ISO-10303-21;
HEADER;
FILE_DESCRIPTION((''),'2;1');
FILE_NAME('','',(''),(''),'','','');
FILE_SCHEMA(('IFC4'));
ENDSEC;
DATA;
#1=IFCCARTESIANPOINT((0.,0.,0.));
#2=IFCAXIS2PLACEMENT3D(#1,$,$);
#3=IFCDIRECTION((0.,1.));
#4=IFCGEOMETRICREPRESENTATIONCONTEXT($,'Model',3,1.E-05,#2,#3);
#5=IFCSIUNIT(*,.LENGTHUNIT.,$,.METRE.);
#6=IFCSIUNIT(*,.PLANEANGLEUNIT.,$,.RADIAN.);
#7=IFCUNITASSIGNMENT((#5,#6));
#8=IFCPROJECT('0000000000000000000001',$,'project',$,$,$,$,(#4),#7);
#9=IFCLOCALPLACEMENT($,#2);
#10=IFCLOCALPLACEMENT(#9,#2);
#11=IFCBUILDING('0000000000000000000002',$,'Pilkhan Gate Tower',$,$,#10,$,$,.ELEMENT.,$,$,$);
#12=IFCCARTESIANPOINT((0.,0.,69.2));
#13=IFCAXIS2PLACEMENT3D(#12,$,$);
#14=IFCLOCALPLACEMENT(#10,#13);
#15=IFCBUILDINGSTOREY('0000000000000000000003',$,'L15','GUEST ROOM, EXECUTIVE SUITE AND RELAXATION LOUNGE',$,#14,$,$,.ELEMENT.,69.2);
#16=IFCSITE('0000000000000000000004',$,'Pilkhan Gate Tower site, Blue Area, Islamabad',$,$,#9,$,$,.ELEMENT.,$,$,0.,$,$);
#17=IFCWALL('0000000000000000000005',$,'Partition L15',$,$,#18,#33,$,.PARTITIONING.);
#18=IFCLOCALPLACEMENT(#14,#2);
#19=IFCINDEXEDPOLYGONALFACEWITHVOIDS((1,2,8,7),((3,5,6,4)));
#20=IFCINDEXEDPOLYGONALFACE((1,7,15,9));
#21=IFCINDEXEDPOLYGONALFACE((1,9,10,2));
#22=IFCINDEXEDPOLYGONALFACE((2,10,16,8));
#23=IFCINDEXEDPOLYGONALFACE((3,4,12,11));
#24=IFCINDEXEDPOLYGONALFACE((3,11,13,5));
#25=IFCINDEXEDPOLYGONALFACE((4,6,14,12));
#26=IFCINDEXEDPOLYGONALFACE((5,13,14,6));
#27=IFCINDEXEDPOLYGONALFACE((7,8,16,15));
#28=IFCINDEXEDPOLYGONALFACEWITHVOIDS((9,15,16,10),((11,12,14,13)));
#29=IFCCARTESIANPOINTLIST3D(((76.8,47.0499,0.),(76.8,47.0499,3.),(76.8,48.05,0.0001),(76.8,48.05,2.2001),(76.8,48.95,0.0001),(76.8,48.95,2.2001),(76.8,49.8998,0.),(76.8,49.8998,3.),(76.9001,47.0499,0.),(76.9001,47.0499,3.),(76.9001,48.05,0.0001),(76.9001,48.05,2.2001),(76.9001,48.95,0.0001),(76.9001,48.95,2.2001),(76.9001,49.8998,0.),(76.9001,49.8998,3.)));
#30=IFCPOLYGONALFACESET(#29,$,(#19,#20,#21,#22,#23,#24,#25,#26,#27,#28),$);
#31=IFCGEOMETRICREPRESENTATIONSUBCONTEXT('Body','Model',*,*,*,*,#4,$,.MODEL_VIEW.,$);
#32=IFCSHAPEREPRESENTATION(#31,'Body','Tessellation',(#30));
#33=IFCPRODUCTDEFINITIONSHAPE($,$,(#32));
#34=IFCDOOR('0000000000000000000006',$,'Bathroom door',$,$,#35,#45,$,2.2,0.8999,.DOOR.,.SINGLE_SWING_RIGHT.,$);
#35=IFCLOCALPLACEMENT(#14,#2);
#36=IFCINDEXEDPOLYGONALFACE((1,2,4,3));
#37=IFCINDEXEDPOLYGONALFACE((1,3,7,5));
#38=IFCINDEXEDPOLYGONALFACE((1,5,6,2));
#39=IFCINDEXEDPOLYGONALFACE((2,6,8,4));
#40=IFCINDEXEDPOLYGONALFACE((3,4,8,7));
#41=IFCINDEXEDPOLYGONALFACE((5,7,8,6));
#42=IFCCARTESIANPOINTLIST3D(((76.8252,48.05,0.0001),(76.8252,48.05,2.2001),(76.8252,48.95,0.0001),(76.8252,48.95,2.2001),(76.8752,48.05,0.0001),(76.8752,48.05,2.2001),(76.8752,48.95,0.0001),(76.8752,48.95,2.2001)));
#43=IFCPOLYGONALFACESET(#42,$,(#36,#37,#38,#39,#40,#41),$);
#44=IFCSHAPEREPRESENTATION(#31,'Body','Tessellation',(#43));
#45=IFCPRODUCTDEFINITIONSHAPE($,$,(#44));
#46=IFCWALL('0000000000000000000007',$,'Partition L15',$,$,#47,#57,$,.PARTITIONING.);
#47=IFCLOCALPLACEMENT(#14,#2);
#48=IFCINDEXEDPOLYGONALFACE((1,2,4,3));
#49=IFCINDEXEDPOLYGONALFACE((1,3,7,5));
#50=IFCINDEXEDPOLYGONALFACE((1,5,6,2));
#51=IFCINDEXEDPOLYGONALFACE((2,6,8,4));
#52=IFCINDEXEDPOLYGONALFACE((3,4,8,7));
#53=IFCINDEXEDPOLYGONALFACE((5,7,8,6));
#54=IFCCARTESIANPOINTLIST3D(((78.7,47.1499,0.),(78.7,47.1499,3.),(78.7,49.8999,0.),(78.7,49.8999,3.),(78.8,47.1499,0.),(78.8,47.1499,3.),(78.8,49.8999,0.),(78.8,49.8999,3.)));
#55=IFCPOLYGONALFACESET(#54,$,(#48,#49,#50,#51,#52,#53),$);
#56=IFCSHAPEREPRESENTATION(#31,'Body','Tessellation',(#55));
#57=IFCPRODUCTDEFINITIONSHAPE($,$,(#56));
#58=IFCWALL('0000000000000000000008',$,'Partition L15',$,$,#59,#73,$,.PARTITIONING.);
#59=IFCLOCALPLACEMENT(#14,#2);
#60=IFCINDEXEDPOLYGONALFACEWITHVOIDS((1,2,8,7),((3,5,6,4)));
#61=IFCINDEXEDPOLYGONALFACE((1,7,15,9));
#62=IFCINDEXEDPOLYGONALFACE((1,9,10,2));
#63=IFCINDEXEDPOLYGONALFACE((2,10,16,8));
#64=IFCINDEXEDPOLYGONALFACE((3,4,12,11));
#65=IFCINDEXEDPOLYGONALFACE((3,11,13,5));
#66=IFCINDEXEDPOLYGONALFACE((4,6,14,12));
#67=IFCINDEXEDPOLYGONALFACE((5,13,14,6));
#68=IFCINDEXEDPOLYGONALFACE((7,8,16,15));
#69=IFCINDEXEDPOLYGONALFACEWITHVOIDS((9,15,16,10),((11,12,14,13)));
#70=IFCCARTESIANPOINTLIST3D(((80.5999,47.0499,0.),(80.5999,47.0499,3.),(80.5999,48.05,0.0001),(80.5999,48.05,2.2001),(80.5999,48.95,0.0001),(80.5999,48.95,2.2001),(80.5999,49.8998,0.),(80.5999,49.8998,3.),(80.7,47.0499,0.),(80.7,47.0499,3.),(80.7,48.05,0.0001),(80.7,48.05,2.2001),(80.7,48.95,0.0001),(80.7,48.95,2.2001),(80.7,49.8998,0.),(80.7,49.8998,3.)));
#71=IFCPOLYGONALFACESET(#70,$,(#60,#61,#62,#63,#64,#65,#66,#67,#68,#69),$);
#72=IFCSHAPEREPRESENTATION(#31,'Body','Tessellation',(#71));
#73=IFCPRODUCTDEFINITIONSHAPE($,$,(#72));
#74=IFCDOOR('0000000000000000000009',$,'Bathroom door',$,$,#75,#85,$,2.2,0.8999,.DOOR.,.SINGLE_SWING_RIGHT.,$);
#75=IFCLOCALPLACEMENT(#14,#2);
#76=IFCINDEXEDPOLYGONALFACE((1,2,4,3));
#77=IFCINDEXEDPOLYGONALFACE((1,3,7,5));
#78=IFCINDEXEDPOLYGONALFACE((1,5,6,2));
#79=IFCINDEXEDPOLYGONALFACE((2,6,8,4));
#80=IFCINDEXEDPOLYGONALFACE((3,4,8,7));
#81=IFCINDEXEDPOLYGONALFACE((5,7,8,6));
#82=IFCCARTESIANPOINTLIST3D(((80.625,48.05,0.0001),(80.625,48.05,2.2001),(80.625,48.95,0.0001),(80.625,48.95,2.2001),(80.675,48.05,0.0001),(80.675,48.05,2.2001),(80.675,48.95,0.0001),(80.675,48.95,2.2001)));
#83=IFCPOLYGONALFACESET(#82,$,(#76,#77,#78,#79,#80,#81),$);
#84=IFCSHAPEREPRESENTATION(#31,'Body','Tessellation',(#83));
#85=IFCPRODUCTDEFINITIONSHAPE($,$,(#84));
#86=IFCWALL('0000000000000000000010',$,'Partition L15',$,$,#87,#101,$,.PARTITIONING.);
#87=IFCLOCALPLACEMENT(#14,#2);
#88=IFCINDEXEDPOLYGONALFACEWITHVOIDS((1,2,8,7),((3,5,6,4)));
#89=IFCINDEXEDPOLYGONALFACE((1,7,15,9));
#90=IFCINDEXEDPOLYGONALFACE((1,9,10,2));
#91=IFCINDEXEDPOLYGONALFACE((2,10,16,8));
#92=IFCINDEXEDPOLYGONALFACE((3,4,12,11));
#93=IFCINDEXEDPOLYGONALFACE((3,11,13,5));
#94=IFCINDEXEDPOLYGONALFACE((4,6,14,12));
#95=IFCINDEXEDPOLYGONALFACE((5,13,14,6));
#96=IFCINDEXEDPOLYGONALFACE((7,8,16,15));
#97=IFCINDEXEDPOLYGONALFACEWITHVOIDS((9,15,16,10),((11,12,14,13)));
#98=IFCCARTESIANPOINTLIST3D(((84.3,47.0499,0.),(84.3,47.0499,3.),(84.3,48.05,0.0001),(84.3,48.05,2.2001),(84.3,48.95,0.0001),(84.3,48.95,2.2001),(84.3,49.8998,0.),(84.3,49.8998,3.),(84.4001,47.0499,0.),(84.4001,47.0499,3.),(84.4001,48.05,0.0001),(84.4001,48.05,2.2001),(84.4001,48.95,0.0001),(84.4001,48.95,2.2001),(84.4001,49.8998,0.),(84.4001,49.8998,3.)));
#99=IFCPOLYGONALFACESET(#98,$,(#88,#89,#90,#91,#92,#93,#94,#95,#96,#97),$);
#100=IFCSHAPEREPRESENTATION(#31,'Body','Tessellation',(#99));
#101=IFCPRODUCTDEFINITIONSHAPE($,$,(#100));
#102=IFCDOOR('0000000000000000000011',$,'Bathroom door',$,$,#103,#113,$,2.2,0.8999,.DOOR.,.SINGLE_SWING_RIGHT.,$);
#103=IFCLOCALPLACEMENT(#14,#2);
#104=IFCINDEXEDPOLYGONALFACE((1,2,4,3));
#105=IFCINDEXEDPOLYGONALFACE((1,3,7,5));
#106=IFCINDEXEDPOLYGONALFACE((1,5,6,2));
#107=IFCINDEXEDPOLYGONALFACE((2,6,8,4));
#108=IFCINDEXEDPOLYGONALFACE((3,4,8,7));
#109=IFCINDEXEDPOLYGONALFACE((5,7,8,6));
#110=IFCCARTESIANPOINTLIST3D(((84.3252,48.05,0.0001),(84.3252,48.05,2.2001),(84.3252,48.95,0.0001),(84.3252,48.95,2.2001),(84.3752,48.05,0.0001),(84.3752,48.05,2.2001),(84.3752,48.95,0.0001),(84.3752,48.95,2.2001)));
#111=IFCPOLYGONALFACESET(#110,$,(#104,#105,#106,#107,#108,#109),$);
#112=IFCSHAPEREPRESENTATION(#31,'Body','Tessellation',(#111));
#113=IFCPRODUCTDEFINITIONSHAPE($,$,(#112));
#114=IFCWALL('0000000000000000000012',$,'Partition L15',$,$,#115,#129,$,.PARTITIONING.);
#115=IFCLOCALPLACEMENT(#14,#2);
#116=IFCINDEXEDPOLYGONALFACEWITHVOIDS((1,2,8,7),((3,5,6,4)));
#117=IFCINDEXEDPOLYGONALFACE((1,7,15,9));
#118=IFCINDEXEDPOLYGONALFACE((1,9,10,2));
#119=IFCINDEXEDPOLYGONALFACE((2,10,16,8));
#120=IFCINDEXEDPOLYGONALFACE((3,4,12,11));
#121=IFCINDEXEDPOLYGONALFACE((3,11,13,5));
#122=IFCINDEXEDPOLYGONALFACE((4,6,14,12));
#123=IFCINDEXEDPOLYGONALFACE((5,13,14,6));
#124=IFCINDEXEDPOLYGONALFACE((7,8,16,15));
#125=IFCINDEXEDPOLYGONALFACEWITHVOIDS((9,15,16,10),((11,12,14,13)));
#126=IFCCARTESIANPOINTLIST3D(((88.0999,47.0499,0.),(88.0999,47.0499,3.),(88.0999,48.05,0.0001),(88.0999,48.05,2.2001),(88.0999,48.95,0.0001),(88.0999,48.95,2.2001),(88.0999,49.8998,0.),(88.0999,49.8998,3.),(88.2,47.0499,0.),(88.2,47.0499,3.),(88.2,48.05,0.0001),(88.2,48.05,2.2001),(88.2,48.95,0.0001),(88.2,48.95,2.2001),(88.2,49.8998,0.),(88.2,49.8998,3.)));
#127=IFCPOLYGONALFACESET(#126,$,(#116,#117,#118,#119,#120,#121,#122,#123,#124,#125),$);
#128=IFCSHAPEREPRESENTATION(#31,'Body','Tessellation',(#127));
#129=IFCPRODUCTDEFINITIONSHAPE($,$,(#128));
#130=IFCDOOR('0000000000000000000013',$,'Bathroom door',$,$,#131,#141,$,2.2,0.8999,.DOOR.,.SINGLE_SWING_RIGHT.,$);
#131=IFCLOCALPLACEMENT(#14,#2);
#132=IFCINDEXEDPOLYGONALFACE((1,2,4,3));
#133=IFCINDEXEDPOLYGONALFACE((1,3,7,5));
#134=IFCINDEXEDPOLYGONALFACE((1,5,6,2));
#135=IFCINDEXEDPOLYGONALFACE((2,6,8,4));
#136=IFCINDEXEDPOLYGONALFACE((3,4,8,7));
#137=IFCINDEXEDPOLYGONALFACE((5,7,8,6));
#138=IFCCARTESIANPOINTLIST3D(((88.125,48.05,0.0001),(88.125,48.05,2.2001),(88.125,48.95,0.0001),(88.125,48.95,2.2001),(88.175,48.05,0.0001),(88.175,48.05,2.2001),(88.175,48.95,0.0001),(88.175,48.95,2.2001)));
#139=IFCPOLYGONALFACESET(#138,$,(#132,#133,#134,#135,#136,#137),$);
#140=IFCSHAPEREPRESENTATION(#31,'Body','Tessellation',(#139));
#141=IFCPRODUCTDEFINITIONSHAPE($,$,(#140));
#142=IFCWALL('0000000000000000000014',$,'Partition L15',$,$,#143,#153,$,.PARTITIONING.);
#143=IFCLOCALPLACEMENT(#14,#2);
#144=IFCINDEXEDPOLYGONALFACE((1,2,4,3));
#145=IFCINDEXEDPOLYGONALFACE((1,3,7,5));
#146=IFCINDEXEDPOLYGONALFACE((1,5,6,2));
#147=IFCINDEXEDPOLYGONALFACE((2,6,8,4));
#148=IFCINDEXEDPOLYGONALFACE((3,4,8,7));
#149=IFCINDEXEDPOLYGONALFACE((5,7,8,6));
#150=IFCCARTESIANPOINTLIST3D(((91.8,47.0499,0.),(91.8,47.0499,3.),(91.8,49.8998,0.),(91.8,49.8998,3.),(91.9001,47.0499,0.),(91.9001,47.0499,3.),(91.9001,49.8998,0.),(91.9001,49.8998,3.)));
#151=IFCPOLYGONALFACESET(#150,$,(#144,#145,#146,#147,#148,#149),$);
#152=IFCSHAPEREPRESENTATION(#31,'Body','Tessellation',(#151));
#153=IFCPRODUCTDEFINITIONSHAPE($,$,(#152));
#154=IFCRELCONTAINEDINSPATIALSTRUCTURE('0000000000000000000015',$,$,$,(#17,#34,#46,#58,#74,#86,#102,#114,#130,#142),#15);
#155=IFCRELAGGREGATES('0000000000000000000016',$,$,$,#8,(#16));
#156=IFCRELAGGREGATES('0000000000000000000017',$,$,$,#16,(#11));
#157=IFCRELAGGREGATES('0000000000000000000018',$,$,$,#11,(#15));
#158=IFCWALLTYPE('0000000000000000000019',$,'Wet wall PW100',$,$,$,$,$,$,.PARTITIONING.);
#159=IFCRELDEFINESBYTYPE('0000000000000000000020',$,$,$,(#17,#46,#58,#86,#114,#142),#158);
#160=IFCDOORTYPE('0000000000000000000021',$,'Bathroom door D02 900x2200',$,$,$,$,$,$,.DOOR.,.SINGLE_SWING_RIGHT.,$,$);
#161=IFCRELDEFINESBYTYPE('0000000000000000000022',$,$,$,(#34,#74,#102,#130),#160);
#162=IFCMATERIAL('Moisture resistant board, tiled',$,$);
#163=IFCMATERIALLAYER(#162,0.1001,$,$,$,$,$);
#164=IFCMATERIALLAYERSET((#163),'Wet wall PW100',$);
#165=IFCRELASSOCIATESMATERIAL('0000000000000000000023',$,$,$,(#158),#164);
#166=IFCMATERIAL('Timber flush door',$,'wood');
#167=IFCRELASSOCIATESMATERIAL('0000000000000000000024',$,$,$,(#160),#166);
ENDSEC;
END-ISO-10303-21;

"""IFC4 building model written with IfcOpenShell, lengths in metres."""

from ifc_helpers import new_model, si_unit, direction, frame, frame_2d, origin, place, context, subcontext, project, spatial, rectangle, extrude, material, layer, layer_set, type_object, element, fill, save


model = new_model("IFC4")

# Units and contexts
model_context = context("Model", 3, precision=1e-05, world=origin(), true_north=direction((0.0, 1.0)))
body_context = subcontext(model_context, "Body", "Model", "MODEL_VIEW")
ifc_project = project(units=[si_unit("LENGTHUNIT", "METRE"), si_unit("PLANEANGLEUNIT", "RADIAN")], contexts=[model_context])

# Site, building, storey
site_placement = place(None, origin())
site = spatial("IfcSite", under=ifc_project, at=site_placement, Name="Pilkhan Gate Tower site, Blue Area, Islamabad", CompositionType="ELEMENT", RefElevation=0.0)
building_placement = place(site_placement, origin())
building = spatial("IfcBuilding", under=site, at=building_placement, Name="Pilkhan Gate Tower", CompositionType="ELEMENT")
storey_placement = place(building_placement, frame((0.0, 0.0, 69.2)))
storey = spatial("IfcBuildingStorey", under=building, at=storey_placement, Name="L15", Description="GUEST ROOM, EXECUTIVE SUITE AND RELAXATION LOUNGE", CompositionType="ELEMENT", Elevation=69.2)

# Shared definitions
ifc_material_1 = material(Name="Moisture resistant board, tiled")
ifc_layer_1 = layer(ifc_material_1, 0.1001)
ifc_layer_set_1 = layer_set([ifc_layer_1], Name="Wet wall PW100")
wall_type_1 = type_object("IfcWallType", Name="Wet wall PW100", PredefinedType="PARTITIONING", material=ifc_layer_set_1)

# Wall, opening, door
ifc_material_2 = material(Name="Timber flush door", Category="wood")
door_type = type_object("IfcDoorType", Name="Bathroom door D02 900x2200", OperationType="SINGLE_SWING_RIGHT", PredefinedType="DOOR", material=ifc_material_2)
wall_1_placement = place(storey_placement, frame((76.8501, 47.05, 0.0), z_axis=(0.0, 0.0, 1.0), x_axis=(0.0, 1.0, 0.0)))
wall_1 = element("IfcWall", 1, at=wall_1_placement, inside=storey, type_object=wall_type_1, Name="Partition L15", PredefinedType="PARTITIONING", context=body_context, shape_type="SweptSolid", body=[
    extrude(rectangle(XDim=2.8499, YDim=0.1001, at=frame_2d((1.4248, 0.0))), origin(), (0.0, 0.0, 1.0), 3.0),
])
opening_1_placement = place(wall_1_placement, frame((1.0, 0.0, 0.0)))
opening_1 = element("IfcOpeningElement", 2, at=opening_1_placement, cuts=wall_1, PredefinedType="OPENING", context=body_context, shape_type="SweptSolid", body=[
    extrude(rectangle(XDim=0.8999, YDim=2.2, at=frame_2d((0.45, 1.1001))), frame((0.0, 0.0601, 0.0), z_axis=(0.0, -1.0, 0.0), x_axis=(1.0, 0.0, 0.0)), (0.0, 0.0, 1.0), 0.1201),
])
door_1_placement = place(opening_1_placement, origin())
door_1 = element("IfcDoor", 3, at=door_1_placement, inside=storey, type_object=door_type, Name="Bathroom door", OperationType="SINGLE_SWING_RIGHT", OverallHeight=2.2, OverallWidth=0.8999, PredefinedType="DOOR", context=body_context, shape_type="SweptSolid", body=[
    extrude(rectangle(XDim=0.8999, YDim=2.2, at=frame_2d((0.45, 1.1001))), frame((0.0, 0.0249, 0.0), z_axis=(0.0, -1.0, 0.0), x_axis=(1.0, 0.0, 0.0)), (0.0, 0.0, 1.0), 0.05),
])
fill(opening_1, door_1)

# Wall
wall_2_placement = place(storey_placement, frame((78.75, 47.1499, 0.0), z_axis=(0.0, 0.0, 1.0), x_axis=(0.0, 1.0, 0.0)))
element("IfcWall", 4, at=wall_2_placement, inside=storey, type_object=wall_type_1, Name="Partition L15", PredefinedType="PARTITIONING", context=body_context, shape_type="SweptSolid", body=[
    extrude(rectangle(XDim=2.75, YDim=0.1001, at=frame_2d((1.375, 0.0))), origin(), (0.0, 0.0, 1.0), 3.0),
])

# Walls, openings, doors
wall_3_placement = place(storey_placement, frame((80.6499, 47.05, 0.0), z_axis=(0.0, 0.0, 1.0), x_axis=(0.0, 1.0, 0.0)))
wall_3 = element("IfcWall", 5, at=wall_3_placement, inside=storey, type_object=wall_type_1, Name="Partition L15", PredefinedType="PARTITIONING", context=body_context, shape_type="SweptSolid", body=[
    extrude(rectangle(XDim=2.8499, YDim=0.1001, at=frame_2d((1.4248, 0.0))), origin(), (0.0, 0.0, 1.0), 3.0),
])
opening_2_placement = place(wall_3_placement, frame((1.0, 0.0, 0.0)))
opening_2 = element("IfcOpeningElement", 6, at=opening_2_placement, cuts=wall_3, PredefinedType="OPENING", context=body_context, shape_type="SweptSolid", body=[
    extrude(rectangle(XDim=0.8999, YDim=2.2, at=frame_2d((0.45, 1.1001))), frame((0.0, 0.0601, 0.0), z_axis=(0.0, -1.0, 0.0), x_axis=(1.0, 0.0, 0.0)), (0.0, 0.0, 1.0), 0.1201),
])
door_2_placement = place(opening_2_placement, origin())
door_2 = element("IfcDoor", 7, at=door_2_placement, inside=storey, type_object=door_type, Name="Bathroom door", OperationType="SINGLE_SWING_RIGHT", OverallHeight=2.2, OverallWidth=0.8999, PredefinedType="DOOR", context=body_context, shape_type="SweptSolid", body=[
    extrude(rectangle(XDim=0.8999, YDim=2.2, at=frame_2d((0.45, 1.1001))), frame((0.0, 0.0249, 0.0), z_axis=(0.0, -1.0, 0.0), x_axis=(1.0, 0.0, 0.0)), (0.0, 0.0, 1.0), 0.05),
])
fill(opening_2, door_2)
wall_4_placement = place(storey_placement, frame((84.3501, 47.05, 0.0), z_axis=(0.0, 0.0, 1.0), x_axis=(0.0, 1.0, 0.0)))
wall_4 = element("IfcWall", 8, at=wall_4_placement, inside=storey, type_object=wall_type_1, Name="Partition L15", PredefinedType="PARTITIONING", context=body_context, shape_type="SweptSolid", body=[
    extrude(rectangle(XDim=2.8499, YDim=0.1001, at=frame_2d((1.4248, 0.0))), origin(), (0.0, 0.0, 1.0), 3.0),
])
opening_3_placement = place(wall_4_placement, frame((1.0, 0.0, 0.0)))
opening_3 = element("IfcOpeningElement", 9, at=opening_3_placement, cuts=wall_4, PredefinedType="OPENING", context=body_context, shape_type="SweptSolid", body=[
    extrude(rectangle(XDim=0.8999, YDim=2.2, at=frame_2d((0.45, 1.1001))), frame((0.0, 0.0601, 0.0), z_axis=(0.0, -1.0, 0.0), x_axis=(1.0, 0.0, 0.0)), (0.0, 0.0, 1.0), 0.1201),
])
door_3_placement = place(opening_3_placement, origin())
door_3 = element("IfcDoor", 10, at=door_3_placement, inside=storey, type_object=door_type, Name="Bathroom door", OperationType="SINGLE_SWING_RIGHT", OverallHeight=2.2, OverallWidth=0.8999, PredefinedType="DOOR", context=body_context, shape_type="SweptSolid", body=[
    extrude(rectangle(XDim=0.8999, YDim=2.2, at=frame_2d((0.45, 1.1001))), frame((0.0, 0.0249, 0.0), z_axis=(0.0, -1.0, 0.0), x_axis=(1.0, 0.0, 0.0)), (0.0, 0.0, 1.0), 0.05),
])
fill(opening_3, door_3)
wall_5_placement = place(storey_placement, frame((88.1499, 47.05, 0.0), z_axis=(0.0, 0.0, 1.0), x_axis=(0.0, 1.0, 0.0)))
wall_5 = element("IfcWall", 11, at=wall_5_placement, inside=storey, type_object=wall_type_1, Name="Partition L15", PredefinedType="PARTITIONING", context=body_context, shape_type="SweptSolid", body=[
    extrude(rectangle(XDim=2.8499, YDim=0.1001, at=frame_2d((1.4248, 0.0))), origin(), (0.0, 0.0, 1.0), 3.0),
])
opening_4_placement = place(wall_5_placement, frame((1.0, 0.0, 0.0)))
opening_4 = element("IfcOpeningElement", 12, at=opening_4_placement, cuts=wall_5, PredefinedType="OPENING", context=body_context, shape_type="SweptSolid", body=[
    extrude(rectangle(XDim=0.8999, YDim=2.2, at=frame_2d((0.45, 1.1001))), frame((0.0, 0.0601, 0.0), z_axis=(0.0, -1.0, 0.0), x_axis=(1.0, 0.0, 0.0)), (0.0, 0.0, 1.0), 0.1201),
])
door_4_placement = place(opening_4_placement, origin())
door_4 = element("IfcDoor", 13, at=door_4_placement, inside=storey, type_object=door_type, Name="Bathroom door", OperationType="SINGLE_SWING_RIGHT", OverallHeight=2.2, OverallWidth=0.8999, PredefinedType="DOOR", context=body_context, shape_type="SweptSolid", body=[
    extrude(rectangle(XDim=0.8999, YDim=2.2, at=frame_2d((0.45, 1.1001))), frame((0.0, 0.0249, 0.0), z_axis=(0.0, -1.0, 0.0), x_axis=(1.0, 0.0, 0.0)), (0.0, 0.0, 1.0), 0.05),
])
fill(opening_4, door_4)

# Wall
wall_6_placement = place(storey_placement, frame((91.8501, 47.05, 0.0), z_axis=(0.0, 0.0, 1.0), x_axis=(0.0, 1.0, 0.0)))
element("IfcWall", 14, at=wall_6_placement, inside=storey, type_object=wall_type_1, Name="Partition L15", PredefinedType="PARTITIONING", context=body_context, shape_type="SweptSolid", body=[
    extrude(rectangle(XDim=2.8499, YDim=0.1001, at=frame_2d((1.4248, 0.0))), origin(), (0.0, 0.0, 1.0), 3.0),
])

save(model, "model.ifc")
